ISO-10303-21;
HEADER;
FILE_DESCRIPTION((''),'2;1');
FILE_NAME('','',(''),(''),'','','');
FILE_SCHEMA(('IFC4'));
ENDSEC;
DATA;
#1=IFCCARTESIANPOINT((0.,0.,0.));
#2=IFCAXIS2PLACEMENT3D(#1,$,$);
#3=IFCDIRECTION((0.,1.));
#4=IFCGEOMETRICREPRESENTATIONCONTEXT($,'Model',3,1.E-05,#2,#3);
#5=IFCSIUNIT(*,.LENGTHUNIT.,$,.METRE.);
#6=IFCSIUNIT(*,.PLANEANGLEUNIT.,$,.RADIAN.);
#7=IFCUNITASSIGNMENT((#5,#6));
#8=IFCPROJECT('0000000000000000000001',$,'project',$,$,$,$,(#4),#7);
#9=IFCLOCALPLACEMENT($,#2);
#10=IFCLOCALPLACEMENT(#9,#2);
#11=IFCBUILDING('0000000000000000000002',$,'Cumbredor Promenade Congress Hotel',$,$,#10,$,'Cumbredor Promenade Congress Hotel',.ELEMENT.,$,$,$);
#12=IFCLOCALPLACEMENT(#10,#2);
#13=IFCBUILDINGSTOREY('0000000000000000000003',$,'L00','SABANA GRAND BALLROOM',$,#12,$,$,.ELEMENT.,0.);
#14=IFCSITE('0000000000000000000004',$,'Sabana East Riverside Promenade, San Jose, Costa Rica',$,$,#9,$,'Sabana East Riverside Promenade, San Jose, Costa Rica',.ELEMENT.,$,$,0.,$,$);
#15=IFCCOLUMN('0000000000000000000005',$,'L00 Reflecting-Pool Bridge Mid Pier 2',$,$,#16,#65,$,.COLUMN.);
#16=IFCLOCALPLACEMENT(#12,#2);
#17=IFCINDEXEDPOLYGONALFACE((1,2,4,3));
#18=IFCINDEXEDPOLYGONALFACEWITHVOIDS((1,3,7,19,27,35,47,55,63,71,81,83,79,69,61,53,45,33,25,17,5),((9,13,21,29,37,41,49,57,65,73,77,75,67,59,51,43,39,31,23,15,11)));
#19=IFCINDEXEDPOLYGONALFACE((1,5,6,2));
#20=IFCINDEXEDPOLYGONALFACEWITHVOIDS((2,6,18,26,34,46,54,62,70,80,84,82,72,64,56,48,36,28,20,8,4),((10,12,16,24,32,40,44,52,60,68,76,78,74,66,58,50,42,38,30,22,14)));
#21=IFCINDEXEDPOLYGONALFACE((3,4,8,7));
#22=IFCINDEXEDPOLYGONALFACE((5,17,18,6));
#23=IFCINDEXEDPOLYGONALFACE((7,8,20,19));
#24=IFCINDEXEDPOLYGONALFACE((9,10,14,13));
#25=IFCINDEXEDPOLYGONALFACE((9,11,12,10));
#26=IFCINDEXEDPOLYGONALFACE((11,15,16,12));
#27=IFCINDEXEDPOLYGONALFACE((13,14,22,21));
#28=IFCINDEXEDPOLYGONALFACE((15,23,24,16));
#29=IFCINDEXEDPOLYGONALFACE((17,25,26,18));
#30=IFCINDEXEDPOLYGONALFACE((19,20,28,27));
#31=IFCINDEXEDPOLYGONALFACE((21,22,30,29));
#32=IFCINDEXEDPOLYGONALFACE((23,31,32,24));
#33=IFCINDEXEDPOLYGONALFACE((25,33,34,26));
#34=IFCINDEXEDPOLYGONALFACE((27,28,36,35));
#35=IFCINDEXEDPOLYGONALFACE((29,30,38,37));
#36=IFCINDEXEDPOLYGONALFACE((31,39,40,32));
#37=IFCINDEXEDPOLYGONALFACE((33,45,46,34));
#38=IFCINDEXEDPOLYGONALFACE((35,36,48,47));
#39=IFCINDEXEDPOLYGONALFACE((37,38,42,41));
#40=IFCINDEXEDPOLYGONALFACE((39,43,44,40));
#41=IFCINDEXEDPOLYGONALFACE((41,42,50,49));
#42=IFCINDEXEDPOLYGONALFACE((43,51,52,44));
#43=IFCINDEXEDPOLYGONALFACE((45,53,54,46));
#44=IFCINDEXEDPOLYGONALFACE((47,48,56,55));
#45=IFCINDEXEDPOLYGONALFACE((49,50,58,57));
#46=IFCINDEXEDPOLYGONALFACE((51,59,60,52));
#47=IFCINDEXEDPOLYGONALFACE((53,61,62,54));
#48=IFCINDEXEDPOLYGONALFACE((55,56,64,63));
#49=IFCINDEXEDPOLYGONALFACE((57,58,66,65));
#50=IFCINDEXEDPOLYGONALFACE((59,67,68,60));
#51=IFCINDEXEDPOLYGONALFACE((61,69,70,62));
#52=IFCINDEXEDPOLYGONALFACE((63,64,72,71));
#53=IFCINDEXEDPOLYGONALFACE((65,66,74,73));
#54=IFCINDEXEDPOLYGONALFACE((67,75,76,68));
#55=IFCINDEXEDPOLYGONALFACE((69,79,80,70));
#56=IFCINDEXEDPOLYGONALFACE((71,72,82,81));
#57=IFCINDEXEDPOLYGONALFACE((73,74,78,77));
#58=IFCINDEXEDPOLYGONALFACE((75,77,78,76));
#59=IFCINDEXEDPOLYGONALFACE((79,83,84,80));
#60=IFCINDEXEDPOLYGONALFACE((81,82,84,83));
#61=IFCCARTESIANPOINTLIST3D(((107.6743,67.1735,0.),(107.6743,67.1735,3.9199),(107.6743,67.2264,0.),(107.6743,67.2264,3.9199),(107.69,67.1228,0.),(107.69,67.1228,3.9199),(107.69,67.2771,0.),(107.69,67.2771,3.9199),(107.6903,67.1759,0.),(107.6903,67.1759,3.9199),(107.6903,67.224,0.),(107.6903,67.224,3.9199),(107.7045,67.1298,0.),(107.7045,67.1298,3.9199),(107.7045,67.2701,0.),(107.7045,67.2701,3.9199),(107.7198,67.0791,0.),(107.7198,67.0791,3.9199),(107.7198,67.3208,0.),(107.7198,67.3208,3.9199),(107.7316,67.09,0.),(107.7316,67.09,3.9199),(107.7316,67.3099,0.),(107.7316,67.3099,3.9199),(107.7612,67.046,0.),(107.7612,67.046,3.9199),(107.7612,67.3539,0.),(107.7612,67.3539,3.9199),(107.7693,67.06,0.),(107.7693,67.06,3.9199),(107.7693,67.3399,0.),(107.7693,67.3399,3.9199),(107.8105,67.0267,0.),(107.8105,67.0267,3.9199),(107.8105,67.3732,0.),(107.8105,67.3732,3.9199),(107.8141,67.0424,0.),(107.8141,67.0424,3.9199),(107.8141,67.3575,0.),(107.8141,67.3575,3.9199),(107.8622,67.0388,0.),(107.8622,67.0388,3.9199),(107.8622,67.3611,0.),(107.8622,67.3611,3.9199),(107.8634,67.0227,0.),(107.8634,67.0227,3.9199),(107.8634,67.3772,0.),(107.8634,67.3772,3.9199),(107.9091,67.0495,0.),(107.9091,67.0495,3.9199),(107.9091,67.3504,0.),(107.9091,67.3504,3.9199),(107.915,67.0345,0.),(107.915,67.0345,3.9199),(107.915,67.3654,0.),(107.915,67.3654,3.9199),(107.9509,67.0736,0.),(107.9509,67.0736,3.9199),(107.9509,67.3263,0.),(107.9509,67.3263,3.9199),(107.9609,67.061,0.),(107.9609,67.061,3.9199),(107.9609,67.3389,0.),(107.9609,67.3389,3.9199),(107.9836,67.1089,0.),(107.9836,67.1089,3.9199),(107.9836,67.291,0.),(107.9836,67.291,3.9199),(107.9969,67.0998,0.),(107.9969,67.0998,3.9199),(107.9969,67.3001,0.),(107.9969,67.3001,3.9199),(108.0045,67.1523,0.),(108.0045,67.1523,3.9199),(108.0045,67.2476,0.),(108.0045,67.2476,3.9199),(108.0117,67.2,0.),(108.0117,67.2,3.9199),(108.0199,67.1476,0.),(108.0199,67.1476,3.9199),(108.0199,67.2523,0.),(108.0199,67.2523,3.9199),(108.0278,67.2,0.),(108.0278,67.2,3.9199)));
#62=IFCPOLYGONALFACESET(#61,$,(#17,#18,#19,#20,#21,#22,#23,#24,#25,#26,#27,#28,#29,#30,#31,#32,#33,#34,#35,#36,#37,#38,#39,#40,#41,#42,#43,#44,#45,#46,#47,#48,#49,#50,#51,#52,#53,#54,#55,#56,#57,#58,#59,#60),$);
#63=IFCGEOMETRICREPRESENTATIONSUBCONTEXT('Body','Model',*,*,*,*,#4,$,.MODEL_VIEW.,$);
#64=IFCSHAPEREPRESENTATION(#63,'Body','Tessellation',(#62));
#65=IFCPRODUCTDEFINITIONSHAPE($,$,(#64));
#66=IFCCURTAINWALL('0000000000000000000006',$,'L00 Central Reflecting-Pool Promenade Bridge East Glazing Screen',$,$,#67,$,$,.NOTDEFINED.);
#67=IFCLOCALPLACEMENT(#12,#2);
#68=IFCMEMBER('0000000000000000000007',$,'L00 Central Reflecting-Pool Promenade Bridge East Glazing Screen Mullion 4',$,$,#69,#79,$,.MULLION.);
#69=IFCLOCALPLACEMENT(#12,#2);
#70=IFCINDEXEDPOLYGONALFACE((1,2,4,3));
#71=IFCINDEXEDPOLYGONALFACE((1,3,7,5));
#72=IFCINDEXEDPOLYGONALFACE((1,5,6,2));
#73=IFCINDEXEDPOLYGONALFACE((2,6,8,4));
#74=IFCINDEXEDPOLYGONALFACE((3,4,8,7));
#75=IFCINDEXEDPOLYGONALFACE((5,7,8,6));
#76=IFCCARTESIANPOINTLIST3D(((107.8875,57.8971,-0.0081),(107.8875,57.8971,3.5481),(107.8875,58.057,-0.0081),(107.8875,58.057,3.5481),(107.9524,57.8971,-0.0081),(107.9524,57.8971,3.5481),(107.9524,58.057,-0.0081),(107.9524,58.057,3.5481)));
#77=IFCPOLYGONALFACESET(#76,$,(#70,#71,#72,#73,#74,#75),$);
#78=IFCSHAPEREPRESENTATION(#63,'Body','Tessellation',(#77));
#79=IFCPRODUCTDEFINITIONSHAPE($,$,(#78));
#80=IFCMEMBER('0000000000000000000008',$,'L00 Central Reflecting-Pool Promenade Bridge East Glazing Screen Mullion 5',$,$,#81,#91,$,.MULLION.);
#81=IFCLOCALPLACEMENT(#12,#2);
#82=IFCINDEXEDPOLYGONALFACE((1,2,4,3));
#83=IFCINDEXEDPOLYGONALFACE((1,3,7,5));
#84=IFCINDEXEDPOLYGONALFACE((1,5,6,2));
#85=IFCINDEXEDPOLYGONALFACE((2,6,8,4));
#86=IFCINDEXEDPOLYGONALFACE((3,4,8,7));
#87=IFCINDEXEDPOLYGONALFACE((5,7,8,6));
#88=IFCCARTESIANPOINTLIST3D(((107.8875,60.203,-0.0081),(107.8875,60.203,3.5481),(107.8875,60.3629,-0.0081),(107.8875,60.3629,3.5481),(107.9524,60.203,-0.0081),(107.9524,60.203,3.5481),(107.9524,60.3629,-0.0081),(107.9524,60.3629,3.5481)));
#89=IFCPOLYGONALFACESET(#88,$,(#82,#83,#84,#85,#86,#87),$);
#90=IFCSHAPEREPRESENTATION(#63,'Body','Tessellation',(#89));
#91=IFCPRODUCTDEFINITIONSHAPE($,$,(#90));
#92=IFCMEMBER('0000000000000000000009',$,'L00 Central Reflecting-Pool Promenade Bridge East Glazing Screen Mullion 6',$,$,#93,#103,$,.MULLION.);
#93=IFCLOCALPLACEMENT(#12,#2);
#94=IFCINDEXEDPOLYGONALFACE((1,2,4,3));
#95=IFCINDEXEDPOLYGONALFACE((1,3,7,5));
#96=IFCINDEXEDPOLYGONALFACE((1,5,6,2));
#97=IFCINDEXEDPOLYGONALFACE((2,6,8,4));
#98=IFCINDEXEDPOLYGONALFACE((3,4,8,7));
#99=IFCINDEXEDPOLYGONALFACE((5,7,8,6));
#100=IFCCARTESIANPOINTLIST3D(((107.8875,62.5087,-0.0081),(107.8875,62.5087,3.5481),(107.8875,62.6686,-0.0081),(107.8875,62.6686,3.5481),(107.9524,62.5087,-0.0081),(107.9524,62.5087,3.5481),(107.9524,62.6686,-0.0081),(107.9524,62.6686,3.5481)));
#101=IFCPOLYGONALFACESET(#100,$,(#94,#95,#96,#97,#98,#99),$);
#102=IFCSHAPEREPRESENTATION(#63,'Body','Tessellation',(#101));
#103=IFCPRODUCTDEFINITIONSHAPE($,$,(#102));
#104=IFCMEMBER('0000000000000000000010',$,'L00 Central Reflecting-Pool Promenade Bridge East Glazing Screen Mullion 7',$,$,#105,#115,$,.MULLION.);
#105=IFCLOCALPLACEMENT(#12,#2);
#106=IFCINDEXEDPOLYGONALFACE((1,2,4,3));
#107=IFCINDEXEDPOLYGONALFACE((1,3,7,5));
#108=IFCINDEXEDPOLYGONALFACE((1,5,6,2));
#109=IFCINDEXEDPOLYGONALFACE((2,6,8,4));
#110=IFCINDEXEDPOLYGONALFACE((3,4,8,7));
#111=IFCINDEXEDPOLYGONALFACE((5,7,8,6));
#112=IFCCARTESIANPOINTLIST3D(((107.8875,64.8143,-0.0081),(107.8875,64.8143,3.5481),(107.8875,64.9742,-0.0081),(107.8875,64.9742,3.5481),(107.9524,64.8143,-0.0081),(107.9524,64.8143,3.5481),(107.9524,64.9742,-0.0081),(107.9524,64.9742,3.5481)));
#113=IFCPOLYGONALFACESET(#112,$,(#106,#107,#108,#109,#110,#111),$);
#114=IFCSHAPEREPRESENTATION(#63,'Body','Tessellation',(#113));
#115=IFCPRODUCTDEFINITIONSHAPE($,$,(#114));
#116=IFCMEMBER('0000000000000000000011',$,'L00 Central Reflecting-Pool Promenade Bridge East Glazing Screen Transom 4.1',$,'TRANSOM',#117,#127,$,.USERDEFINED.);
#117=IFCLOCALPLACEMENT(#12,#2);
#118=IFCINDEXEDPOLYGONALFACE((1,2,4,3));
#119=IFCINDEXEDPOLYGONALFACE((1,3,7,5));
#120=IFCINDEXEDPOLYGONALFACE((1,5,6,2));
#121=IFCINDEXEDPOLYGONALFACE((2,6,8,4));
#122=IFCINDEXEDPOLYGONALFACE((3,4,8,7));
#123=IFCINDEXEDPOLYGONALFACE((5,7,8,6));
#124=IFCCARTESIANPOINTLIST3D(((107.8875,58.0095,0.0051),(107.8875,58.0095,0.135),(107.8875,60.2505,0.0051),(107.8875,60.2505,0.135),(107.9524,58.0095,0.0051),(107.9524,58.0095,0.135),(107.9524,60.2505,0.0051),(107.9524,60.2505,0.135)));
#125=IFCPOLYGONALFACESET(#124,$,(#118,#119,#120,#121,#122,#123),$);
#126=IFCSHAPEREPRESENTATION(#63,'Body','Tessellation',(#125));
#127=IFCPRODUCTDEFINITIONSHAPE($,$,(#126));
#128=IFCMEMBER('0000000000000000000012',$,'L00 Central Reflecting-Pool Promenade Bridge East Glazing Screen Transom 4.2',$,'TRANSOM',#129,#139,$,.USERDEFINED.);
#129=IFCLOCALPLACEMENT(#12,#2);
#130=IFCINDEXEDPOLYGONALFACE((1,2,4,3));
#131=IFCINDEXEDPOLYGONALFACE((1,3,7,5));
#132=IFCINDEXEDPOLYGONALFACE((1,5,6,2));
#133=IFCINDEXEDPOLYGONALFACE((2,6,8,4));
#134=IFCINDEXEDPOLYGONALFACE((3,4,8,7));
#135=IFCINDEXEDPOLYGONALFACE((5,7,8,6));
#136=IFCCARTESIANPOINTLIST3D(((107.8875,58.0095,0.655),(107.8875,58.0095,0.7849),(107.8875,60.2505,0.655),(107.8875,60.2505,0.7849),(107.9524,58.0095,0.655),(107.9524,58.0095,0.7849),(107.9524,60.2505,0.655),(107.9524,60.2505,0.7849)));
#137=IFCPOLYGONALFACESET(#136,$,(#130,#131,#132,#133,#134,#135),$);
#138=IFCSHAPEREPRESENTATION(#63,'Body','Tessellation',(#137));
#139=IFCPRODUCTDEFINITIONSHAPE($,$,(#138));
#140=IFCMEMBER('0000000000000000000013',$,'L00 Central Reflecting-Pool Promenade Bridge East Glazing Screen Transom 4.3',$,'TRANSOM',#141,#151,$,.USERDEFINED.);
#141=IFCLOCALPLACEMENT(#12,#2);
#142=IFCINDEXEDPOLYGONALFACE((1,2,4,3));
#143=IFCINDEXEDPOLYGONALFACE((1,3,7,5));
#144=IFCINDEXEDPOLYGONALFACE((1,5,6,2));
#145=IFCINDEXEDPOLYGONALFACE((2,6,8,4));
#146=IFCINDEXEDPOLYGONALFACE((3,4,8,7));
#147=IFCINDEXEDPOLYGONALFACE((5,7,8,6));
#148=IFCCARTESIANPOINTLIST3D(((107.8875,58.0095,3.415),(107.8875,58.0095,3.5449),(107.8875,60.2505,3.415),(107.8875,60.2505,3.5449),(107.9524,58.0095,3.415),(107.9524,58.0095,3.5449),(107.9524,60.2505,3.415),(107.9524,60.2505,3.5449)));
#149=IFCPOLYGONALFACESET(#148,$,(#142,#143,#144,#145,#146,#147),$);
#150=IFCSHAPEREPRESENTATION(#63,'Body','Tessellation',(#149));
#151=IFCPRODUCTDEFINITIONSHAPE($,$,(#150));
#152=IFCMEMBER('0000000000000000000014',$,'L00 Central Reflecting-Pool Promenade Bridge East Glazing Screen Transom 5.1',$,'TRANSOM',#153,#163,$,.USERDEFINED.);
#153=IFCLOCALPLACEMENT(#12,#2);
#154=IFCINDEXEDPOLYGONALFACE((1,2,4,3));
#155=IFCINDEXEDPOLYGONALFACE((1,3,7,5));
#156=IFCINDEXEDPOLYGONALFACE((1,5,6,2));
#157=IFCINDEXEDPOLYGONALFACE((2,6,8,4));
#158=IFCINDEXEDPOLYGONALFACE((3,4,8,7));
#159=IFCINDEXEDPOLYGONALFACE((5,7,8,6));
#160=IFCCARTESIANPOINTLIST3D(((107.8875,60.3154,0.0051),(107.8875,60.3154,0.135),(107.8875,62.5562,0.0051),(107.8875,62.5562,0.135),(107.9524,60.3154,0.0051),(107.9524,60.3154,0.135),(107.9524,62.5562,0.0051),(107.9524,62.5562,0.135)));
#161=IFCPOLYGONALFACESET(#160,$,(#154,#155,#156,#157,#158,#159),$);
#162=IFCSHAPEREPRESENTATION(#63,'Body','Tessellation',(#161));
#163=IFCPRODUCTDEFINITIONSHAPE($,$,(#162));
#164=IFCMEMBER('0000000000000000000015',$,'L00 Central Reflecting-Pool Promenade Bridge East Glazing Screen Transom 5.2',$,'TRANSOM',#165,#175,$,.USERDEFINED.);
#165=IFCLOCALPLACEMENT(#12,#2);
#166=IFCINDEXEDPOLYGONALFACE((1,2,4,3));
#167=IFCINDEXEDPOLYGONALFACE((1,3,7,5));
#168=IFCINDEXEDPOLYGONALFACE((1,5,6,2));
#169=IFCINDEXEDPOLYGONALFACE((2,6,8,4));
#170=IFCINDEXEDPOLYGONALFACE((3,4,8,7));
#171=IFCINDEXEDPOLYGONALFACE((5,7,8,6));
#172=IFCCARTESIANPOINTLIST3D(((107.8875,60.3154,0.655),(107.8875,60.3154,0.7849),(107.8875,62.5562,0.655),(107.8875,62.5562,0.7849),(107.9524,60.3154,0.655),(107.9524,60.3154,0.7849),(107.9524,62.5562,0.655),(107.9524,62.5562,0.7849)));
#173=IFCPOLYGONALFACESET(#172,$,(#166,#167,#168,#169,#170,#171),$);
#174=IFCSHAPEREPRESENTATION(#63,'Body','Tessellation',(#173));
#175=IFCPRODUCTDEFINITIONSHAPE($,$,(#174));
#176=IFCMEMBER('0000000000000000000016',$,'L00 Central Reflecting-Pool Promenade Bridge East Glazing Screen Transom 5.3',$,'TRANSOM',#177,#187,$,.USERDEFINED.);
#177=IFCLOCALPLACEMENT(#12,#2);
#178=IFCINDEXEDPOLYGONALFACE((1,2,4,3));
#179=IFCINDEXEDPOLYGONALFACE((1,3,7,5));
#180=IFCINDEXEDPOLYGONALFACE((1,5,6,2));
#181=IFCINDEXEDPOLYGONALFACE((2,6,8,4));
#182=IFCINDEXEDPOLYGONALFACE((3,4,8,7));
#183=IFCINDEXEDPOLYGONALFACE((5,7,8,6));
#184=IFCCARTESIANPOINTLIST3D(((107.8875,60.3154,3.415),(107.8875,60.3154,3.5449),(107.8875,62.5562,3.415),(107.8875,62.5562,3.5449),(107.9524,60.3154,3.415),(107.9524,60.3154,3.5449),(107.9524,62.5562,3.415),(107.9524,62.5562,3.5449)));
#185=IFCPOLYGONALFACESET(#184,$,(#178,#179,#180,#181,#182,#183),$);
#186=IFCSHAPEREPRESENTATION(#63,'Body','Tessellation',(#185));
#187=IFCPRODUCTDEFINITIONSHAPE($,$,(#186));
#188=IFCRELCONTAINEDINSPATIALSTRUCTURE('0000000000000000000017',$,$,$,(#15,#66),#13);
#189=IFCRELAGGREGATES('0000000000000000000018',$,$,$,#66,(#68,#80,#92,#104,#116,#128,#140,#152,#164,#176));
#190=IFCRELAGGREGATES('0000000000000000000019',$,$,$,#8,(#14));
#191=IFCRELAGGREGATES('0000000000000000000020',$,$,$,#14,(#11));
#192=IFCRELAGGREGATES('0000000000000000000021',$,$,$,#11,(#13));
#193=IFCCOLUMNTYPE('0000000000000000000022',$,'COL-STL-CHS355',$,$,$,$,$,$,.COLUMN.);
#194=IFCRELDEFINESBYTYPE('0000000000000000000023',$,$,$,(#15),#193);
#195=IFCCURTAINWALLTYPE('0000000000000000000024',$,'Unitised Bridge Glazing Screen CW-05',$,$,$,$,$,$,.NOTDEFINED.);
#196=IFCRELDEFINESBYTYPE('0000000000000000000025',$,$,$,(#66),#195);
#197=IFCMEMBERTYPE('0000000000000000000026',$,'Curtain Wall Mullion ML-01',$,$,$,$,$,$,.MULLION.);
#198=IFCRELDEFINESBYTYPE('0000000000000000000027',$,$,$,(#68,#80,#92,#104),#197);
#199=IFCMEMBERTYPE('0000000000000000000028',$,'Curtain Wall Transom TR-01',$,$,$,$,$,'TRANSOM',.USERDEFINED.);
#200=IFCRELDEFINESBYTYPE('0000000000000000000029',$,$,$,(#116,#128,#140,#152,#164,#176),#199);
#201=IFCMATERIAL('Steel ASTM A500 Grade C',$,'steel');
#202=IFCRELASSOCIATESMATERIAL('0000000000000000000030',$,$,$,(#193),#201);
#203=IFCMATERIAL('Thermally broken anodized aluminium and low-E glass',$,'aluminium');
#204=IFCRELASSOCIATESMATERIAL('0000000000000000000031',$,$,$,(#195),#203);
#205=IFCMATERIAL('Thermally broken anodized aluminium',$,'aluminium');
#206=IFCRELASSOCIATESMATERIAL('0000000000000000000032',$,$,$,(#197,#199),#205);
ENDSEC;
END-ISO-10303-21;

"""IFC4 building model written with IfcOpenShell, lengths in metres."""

from ifc_helpers import new_model, si_unit, direction, frame, origin, origin_2d, place, context, subcontext, project, spatial, rectangle, hollow_circle, extrude, material, material_profile, profile_set, type_object, element, aggregate, save


model = new_model("IFC4")

# Units and contexts
model_context = context("Model", 3, precision=1e-05, world=origin(), true_north=direction((0.0, 1.0)))
body_context = subcontext(model_context, "Body", "Model", "MODEL_VIEW")
ifc_project = project(units=[si_unit("LENGTHUNIT", "METRE"), si_unit("PLANEANGLEUNIT", "RADIAN")], contexts=[model_context])

# Site, building, storey
site_placement = place(None, origin())
site = spatial("IfcSite", under=ifc_project, at=site_placement, Name="Sabana East Riverside Promenade, San Jose, Costa Rica", LongName="Sabana East Riverside Promenade, San Jose, Costa Rica", CompositionType="ELEMENT", RefElevation=0.0)
building_placement = place(site_placement, origin())
building = spatial("IfcBuilding", under=site, at=building_placement, Name="Cumbredor Promenade Congress Hotel", LongName="Cumbredor Promenade Congress Hotel", CompositionType="ELEMENT")
storey_placement = place(building_placement, origin())
storey = spatial("IfcBuildingStorey", under=building, at=storey_placement, Name="L00", Description="SABANA GRAND BALLROOM", CompositionType="ELEMENT", Elevation=0.0)

# Column
ifc_material_1 = material(Name="Steel ASTM A500 Grade C", Category="steel")
ifc_material_profile_1 = material_profile(ifc_material_1, hollow_circle(Radius=0.1777, WallThickness=0.0161, at=origin_2d()), Name="CHS 355.6x16")
ifc_profile_set_1 = profile_set([ifc_material_profile_1], Name="Steel ASTM A500 Grade C")
column_type = type_object("IfcColumnType", Name="COL-STL-CHS355", PredefinedType="COLUMN", material=ifc_profile_set_1)
column_placement = place(storey_placement, frame((107.8501, 67.2, 0.0), z_axis=(0.0, 0.0, 1.0), x_axis=(1.0, 0.0, 0.0)))
element("IfcColumn", 1, at=column_placement, inside=storey, type_object=column_type, Name="L00 Reflecting-Pool Bridge Mid Pier 2", PredefinedType="COLUMN", context=body_context, shape_type="SweptSolid", body=[
    extrude(hollow_circle(Radius=0.1777, WallThickness=0.0161, at=origin_2d()), origin(), (0.0, 0.0, 1.0), 3.9199),
])

# Curtain wall, members
ifc_material_2 = material(Name="Thermally broken anodized aluminium and low-E glass", Category="aluminium")
curtain_wall_type = type_object("IfcCurtainWallType", Name="Unitised Bridge Glazing Screen CW-05", PredefinedType="NOTDEFINED", material=ifc_material_2)
curtain_wall_placement = place(storey_placement, origin())
curtain_wall = element("IfcCurtainWall", 2, at=curtain_wall_placement, inside=storey, type_object=curtain_wall_type, Name="L00 Central Reflecting-Pool Promenade Bridge East Glazing Screen", PredefinedType="NOTDEFINED")
ifc_material_3 = material(Name="Thermally broken anodized aluminium", Category="aluminium")
ifc_material_profile_2 = material_profile(ifc_material_3, rectangle(XDim=0.0649, YDim=0.1599, at=origin_2d()), Name="ALU MULLION 65x160")
ifc_profile_set_2 = profile_set([ifc_material_profile_2], Name="Thermally broken anodized aluminium")
member_type_1 = type_object("IfcMemberType", Name="Curtain Wall Mullion ML-01", PredefinedType="MULLION", material=ifc_profile_set_2)
member_1_placement = place(storey_placement, frame((107.9199, 57.9771, -0.0081), z_axis=(0.0, 0.0, 1.0), x_axis=(1.0, 0.0, 0.0)))
member_1 = element("IfcMember", 3, at=member_1_placement, type_object=member_type_1, Name="L00 Central Reflecting-Pool Promenade Bridge East Glazing Screen Mullion 4", PredefinedType="MULLION", context=body_context, shape_type="SweptSolid", body=[
    extrude(rectangle(XDim=0.0649, YDim=0.1599, at=origin_2d()), origin(), (0.0, 0.0, 1.0), 3.5562),
])
member_2_placement = place(storey_placement, frame((107.9199, 60.283, -0.0081), z_axis=(0.0, 0.0, 1.0), x_axis=(1.0, 0.0, 0.0)))
member_2 = element("IfcMember", 4, at=member_2_placement, type_object=member_type_1, Name="L00 Central Reflecting-Pool Promenade Bridge East Glazing Screen Mullion 5", PredefinedType="MULLION", context=body_context, shape_type="SweptSolid", body=[
    extrude(rectangle(XDim=0.0649, YDim=0.1599, at=origin_2d()), origin(), (0.0, 0.0, 1.0), 3.5562),
])
member_3_placement = place(storey_placement, frame((107.9199, 62.5886, -0.0081), z_axis=(0.0, 0.0, 1.0), x_axis=(1.0, 0.0, 0.0)))
member_3 = element("IfcMember", 5, at=member_3_placement, type_object=member_type_1, Name="L00 Central Reflecting-Pool Promenade Bridge East Glazing Screen Mullion 6", PredefinedType="MULLION", context=body_context, shape_type="SweptSolid", body=[
    extrude(rectangle(XDim=0.0649, YDim=0.1599, at=origin_2d()), origin(), (0.0, 0.0, 1.0), 3.5562),
])
member_4_placement = place(storey_placement, frame((107.9199, 64.8943, -0.0081), z_axis=(0.0, 0.0, 1.0), x_axis=(1.0, 0.0, 0.0)))
member_4 = element("IfcMember", 6, at=member_4_placement, type_object=member_type_1, Name="L00 Central Reflecting-Pool Promenade Bridge East Glazing Screen Mullion 7", PredefinedType="MULLION", context=body_context, shape_type="SweptSolid", body=[
    extrude(rectangle(XDim=0.0649, YDim=0.1599, at=origin_2d()), origin(), (0.0, 0.0, 1.0), 3.5562),
])
ifc_material_profile_3 = material_profile(ifc_material_3, rectangle(XDim=0.0649, YDim=0.1299, at=origin_2d()), Name="ALU TRANSOM 65x130")
ifc_profile_set_3 = profile_set([ifc_material_profile_3], Name="Thermally broken anodized aluminium")
member_type_2 = type_object("IfcMemberType", Name="Curtain Wall Transom TR-01", ElementType="TRANSOM", PredefinedType="USERDEFINED", material=ifc_profile_set_3)
member_5_placement = place(storey_placement, frame((107.9199, 58.0095, 0.0701), z_axis=(0.0, 1.0, 0.0), x_axis=(-1.0, 0.0, 0.0)))
member_5 = element("IfcMember", 7, at=member_5_placement, type_object=member_type_2, Name="L00 Central Reflecting-Pool Promenade Bridge East Glazing Screen Transom 4.1", ObjectType="TRANSOM", PredefinedType="USERDEFINED", context=body_context, shape_type="SweptSolid", body=[
    extrude(rectangle(XDim=0.0649, YDim=0.1299, at=origin_2d()), origin(), (0.0, 0.0, 1.0), 2.241),
])
member_6_placement = place(storey_placement, frame((107.9199, 58.0095, 0.72), z_axis=(0.0, 1.0, 0.0), x_axis=(-1.0, 0.0, 0.0)))
member_6 = element("IfcMember", 8, at=member_6_placement, type_object=member_type_2, Name="L00 Central Reflecting-Pool Promenade Bridge East Glazing Screen Transom 4.2", ObjectType="TRANSOM", PredefinedType="USERDEFINED", context=body_context, shape_type="SweptSolid", body=[
    extrude(rectangle(XDim=0.0649, YDim=0.1299, at=origin_2d()), origin(), (0.0, 0.0, 1.0), 2.241),
])
member_7_placement = place(storey_placement, frame((107.9199, 58.0095, 3.48), z_axis=(0.0, 1.0, 0.0), x_axis=(-1.0, 0.0, 0.0)))
member_7 = element("IfcMember", 9, at=member_7_placement, type_object=member_type_2, Name="L00 Central Reflecting-Pool Promenade Bridge East Glazing Screen Transom 4.3", ObjectType="TRANSOM", PredefinedType="USERDEFINED", context=body_context, shape_type="SweptSolid", body=[
    extrude(rectangle(XDim=0.0649, YDim=0.1299, at=origin_2d()), origin(), (0.0, 0.0, 1.0), 2.241),
])
member_8_placement = place(storey_placement, frame((107.9199, 60.3154, 0.0701), z_axis=(0.0, 1.0, 0.0), x_axis=(-1.0, 0.0, 0.0)))
member_8 = element("IfcMember", 10, at=member_8_placement, type_object=member_type_2, Name="L00 Central Reflecting-Pool Promenade Bridge East Glazing Screen Transom 5.1", ObjectType="TRANSOM", PredefinedType="USERDEFINED", context=body_context, shape_type="SweptSolid", body=[
    extrude(rectangle(XDim=0.0649, YDim=0.1299, at=origin_2d()), origin(), (0.0, 0.0, 1.0), 2.2407),
])
member_9_placement = place(storey_placement, frame((107.9199, 60.3154, 0.72), z_axis=(0.0, 1.0, 0.0), x_axis=(-1.0, 0.0, 0.0)))
member_9 = element("IfcMember", 11, at=member_9_placement, type_object=member_type_2, Name="L00 Central Reflecting-Pool Promenade Bridge East Glazing Screen Transom 5.2", ObjectType="TRANSOM", PredefinedType="USERDEFINED", context=body_context, shape_type="SweptSolid", body=[
    extrude(rectangle(XDim=0.0649, YDim=0.1299, at=origin_2d()), origin(), (0.0, 0.0, 1.0), 2.2407),
])
member_10_placement = place(storey_placement, frame((107.9199, 60.3154, 3.48), z_axis=(0.0, 1.0, 0.0), x_axis=(-1.0, 0.0, 0.0)))
member_10 = element("IfcMember", 12, at=member_10_placement, type_object=member_type_2, Name="L00 Central Reflecting-Pool Promenade Bridge East Glazing Screen Transom 5.3", ObjectType="TRANSOM", PredefinedType="USERDEFINED", context=body_context, shape_type="SweptSolid", body=[
    extrude(rectangle(XDim=0.0649, YDim=0.1299, at=origin_2d()), origin(), (0.0, 0.0, 1.0), 2.2407),
])

aggregate(curtain_wall, [member_1, member_2, member_3, member_4, member_5, member_6, member_7, member_8, member_9, member_10])

save(model, "model.ifc")
